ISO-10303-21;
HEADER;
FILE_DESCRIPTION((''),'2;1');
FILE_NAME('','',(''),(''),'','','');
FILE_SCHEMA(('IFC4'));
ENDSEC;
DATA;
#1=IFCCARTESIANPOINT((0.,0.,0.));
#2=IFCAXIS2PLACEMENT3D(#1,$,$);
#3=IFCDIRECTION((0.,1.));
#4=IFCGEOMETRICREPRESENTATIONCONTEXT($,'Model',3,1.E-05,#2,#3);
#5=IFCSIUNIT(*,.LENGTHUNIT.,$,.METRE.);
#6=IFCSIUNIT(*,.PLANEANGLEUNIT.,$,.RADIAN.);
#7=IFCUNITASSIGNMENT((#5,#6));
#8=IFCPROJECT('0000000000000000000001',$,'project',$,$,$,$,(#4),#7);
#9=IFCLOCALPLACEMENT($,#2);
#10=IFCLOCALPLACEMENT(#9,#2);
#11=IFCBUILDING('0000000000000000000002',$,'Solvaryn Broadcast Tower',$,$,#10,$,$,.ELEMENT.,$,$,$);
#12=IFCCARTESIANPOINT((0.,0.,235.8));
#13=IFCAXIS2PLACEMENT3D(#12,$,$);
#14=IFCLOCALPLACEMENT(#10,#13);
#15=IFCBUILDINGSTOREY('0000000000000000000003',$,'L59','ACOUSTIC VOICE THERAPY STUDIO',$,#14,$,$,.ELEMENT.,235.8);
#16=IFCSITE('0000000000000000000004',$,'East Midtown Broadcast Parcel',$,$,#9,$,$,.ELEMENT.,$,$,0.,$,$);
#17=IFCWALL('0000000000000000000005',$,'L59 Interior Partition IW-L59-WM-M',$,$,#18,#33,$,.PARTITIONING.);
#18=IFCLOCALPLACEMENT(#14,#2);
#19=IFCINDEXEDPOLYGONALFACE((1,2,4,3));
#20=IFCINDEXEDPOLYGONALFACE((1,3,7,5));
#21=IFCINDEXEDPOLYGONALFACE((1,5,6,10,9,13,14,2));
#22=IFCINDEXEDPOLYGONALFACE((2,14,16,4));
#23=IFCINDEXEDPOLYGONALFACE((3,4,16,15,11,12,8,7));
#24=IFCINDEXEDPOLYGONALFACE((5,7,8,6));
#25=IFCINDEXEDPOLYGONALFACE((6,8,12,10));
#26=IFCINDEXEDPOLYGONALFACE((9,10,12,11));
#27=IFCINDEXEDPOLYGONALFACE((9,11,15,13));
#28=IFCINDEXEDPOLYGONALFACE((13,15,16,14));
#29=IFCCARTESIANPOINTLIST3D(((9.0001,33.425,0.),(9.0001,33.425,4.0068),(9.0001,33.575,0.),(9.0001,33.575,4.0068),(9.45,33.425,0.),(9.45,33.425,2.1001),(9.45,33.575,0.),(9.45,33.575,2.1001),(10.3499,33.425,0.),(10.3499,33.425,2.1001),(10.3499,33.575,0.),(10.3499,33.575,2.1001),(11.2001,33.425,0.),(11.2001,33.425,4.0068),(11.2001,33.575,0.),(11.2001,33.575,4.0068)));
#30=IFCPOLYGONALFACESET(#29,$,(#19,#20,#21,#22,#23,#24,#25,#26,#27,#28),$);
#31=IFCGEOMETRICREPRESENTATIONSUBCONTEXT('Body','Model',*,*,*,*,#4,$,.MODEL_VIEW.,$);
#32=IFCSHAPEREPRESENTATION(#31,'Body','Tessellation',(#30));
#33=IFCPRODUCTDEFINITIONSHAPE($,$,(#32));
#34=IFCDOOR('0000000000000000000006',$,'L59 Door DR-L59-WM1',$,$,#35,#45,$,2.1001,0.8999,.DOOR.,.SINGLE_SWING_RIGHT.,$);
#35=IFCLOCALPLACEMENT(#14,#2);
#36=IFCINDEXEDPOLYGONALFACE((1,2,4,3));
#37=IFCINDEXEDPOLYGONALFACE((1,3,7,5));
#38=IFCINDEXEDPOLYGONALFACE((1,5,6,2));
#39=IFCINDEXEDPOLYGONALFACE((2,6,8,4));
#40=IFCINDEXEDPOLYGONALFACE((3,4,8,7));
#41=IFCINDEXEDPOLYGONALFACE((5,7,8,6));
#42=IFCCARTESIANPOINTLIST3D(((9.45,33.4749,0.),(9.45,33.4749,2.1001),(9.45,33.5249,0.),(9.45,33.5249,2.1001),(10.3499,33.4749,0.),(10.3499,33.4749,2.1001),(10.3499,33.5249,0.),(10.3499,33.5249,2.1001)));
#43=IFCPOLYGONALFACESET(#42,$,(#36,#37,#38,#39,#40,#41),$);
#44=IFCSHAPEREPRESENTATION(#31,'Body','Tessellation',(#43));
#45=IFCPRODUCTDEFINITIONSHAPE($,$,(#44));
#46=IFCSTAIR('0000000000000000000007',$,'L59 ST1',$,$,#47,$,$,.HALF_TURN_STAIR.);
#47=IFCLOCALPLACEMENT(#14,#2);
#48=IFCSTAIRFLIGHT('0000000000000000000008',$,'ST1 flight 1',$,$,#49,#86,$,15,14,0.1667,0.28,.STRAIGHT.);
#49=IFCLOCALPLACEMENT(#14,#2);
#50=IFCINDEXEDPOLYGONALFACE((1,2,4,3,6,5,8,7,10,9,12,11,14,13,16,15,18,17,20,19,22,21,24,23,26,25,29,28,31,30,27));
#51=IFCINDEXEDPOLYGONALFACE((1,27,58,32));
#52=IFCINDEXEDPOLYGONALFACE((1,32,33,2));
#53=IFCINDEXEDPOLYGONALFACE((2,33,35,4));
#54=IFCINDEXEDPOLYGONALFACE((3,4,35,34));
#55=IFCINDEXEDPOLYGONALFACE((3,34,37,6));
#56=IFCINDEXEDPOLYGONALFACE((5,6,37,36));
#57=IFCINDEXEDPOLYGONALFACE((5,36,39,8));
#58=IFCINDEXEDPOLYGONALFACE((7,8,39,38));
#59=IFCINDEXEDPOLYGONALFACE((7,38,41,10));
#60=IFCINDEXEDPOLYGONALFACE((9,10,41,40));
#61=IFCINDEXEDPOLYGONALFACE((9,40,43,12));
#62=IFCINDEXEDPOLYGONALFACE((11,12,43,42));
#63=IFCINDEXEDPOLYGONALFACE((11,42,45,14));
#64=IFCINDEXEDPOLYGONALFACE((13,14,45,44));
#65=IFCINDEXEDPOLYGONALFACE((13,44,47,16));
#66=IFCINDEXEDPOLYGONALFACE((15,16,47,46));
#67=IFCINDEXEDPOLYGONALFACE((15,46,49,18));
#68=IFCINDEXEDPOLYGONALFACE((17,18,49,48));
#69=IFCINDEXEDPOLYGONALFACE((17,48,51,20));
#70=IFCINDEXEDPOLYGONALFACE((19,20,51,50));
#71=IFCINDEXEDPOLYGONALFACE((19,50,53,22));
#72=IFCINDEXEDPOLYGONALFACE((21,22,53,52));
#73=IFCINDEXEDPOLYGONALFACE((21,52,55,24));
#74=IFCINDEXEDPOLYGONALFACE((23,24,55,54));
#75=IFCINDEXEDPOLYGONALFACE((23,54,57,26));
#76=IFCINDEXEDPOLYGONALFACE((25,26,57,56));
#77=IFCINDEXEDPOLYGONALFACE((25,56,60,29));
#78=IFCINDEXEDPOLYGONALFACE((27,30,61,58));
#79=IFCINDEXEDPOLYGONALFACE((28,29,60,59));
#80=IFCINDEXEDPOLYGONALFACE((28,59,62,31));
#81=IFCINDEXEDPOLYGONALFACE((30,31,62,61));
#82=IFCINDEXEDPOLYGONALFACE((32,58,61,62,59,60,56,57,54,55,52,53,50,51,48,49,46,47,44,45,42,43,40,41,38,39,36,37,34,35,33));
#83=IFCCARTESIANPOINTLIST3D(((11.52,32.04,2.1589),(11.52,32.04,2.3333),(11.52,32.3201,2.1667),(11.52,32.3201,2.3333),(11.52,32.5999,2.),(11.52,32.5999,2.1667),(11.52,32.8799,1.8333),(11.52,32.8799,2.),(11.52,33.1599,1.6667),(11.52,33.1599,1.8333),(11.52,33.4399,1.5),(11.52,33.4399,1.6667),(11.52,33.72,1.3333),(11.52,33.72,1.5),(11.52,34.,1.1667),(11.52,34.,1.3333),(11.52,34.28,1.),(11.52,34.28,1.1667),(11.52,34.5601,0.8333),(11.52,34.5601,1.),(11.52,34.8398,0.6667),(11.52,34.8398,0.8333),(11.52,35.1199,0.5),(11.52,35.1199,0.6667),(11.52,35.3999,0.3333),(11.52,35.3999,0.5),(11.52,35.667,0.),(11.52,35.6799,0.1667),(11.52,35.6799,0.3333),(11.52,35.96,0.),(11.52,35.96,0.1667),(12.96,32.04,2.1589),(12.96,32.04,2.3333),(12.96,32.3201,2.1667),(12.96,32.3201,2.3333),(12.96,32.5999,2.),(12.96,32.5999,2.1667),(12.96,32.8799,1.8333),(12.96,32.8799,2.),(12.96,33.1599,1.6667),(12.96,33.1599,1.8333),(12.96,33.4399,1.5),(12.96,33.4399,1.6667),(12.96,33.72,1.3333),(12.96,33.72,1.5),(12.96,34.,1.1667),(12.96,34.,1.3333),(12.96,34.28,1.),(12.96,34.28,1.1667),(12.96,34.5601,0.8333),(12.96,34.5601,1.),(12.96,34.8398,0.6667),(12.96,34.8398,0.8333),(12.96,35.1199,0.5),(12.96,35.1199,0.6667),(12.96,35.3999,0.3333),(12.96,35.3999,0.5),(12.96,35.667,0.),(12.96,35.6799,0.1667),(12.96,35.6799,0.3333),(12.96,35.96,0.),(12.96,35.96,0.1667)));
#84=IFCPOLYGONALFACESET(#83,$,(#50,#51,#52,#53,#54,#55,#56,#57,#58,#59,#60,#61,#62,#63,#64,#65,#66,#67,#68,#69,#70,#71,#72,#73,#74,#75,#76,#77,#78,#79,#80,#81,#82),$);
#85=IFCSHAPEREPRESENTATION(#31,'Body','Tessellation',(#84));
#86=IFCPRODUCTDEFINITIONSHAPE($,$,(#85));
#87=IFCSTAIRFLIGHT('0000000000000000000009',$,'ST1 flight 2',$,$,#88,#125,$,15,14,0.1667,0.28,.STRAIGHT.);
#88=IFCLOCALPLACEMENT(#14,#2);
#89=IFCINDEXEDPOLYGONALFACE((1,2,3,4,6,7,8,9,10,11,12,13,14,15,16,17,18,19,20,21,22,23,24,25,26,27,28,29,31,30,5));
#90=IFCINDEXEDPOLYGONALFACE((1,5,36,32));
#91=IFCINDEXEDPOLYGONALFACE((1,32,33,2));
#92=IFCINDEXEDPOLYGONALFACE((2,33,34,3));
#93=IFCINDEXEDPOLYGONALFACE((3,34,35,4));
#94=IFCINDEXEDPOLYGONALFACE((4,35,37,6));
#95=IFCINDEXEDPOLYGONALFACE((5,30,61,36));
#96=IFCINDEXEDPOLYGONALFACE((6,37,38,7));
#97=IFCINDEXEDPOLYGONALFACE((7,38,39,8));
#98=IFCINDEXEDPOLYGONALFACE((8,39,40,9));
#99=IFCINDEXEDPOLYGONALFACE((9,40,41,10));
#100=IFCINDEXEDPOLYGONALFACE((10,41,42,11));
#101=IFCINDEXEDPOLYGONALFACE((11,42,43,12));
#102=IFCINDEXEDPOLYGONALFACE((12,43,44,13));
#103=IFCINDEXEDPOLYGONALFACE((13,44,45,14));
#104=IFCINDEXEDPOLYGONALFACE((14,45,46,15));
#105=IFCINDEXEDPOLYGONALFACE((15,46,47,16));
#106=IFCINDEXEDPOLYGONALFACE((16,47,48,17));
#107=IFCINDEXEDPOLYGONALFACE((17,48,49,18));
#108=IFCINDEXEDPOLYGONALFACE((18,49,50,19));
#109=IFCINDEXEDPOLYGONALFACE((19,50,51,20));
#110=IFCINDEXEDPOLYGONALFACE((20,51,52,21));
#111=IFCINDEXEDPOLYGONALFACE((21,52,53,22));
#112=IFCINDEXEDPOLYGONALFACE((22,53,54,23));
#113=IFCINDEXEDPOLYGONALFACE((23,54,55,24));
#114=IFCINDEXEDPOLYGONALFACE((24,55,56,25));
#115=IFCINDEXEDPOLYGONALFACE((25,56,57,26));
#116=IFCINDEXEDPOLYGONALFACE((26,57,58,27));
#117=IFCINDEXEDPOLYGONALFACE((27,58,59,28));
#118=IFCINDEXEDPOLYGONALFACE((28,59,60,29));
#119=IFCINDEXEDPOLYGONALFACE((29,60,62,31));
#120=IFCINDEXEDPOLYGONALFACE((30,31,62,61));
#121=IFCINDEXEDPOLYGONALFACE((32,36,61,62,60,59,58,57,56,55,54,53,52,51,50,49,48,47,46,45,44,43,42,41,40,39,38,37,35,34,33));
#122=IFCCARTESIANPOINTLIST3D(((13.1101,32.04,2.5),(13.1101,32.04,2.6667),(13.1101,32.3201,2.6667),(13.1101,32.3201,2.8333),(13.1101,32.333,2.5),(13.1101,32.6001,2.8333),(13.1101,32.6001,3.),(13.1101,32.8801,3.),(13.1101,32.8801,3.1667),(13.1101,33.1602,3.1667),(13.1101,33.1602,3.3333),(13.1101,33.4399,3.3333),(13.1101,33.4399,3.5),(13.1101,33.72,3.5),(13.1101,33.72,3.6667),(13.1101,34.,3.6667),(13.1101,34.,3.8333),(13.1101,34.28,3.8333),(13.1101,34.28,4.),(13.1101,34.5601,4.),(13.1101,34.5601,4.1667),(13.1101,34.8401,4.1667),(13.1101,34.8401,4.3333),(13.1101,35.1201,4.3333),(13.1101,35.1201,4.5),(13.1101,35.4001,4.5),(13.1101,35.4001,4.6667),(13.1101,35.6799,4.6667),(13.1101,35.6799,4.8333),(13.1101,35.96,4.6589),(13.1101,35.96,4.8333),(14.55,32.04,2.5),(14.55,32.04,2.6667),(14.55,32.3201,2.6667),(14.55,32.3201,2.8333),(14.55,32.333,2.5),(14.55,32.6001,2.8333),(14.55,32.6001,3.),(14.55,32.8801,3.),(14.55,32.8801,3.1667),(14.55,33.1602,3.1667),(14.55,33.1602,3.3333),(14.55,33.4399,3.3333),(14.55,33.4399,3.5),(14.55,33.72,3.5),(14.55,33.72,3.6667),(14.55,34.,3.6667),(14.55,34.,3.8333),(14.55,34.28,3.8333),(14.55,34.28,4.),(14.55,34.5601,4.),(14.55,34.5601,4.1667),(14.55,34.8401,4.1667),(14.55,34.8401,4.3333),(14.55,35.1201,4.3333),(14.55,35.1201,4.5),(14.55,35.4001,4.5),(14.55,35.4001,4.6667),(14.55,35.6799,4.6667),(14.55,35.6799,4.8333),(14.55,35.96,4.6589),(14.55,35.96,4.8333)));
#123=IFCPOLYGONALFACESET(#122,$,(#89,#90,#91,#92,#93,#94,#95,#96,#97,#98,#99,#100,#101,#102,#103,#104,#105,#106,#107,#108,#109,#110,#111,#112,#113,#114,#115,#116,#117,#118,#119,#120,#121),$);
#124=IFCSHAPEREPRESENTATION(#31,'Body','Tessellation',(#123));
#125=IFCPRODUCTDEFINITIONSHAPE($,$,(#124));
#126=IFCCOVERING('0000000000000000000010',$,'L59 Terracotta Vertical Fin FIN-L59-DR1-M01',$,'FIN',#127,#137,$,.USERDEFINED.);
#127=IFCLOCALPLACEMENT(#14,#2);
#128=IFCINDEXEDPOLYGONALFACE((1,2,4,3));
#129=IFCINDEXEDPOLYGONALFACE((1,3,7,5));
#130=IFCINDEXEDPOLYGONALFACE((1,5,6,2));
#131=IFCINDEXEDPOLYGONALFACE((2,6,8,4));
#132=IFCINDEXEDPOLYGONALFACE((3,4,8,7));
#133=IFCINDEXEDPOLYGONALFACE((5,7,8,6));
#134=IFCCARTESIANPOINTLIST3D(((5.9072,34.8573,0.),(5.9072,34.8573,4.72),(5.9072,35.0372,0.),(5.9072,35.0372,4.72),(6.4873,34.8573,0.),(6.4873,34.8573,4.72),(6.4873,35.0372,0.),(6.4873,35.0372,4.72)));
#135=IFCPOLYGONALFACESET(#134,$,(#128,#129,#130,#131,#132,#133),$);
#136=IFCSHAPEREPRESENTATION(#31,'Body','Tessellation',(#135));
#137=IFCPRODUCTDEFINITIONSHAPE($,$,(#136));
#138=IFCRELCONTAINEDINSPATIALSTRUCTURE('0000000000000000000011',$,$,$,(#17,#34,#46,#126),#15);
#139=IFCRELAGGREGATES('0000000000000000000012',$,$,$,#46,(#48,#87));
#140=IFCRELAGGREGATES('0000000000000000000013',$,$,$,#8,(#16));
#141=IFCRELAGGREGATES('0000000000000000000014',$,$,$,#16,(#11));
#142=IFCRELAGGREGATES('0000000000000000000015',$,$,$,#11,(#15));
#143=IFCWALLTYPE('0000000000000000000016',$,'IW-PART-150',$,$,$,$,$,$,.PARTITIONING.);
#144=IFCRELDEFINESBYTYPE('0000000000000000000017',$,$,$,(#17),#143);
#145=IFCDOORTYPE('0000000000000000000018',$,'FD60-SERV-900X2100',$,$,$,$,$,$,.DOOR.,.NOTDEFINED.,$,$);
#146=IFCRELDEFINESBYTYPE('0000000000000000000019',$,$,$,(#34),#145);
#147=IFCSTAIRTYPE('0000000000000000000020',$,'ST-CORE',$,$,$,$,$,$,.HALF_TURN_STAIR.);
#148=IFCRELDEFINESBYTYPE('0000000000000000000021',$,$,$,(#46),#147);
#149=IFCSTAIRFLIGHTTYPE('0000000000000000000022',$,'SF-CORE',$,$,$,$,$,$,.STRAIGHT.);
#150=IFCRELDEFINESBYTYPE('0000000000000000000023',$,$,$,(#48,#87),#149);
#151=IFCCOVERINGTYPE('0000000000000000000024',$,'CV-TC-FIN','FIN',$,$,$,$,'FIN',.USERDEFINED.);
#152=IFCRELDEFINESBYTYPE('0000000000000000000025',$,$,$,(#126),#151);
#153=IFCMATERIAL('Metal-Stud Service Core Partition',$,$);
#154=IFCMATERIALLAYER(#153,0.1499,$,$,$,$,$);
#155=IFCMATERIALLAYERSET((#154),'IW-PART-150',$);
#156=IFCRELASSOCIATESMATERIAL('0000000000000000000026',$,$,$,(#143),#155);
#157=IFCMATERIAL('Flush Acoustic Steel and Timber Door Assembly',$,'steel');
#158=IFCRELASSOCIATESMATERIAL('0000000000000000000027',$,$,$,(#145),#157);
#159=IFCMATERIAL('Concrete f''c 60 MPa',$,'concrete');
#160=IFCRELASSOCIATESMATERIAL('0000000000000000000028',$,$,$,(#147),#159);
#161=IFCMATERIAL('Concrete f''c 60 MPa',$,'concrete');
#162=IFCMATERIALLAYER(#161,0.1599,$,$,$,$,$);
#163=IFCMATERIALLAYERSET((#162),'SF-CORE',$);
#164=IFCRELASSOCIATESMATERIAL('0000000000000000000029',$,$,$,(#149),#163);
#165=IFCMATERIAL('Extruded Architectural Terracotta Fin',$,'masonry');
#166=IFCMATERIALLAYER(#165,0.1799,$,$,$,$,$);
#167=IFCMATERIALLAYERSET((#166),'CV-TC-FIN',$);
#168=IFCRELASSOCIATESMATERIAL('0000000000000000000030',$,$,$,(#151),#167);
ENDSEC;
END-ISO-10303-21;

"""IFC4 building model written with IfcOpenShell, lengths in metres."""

from ifc_helpers import new_model, si_unit, direction, frame, frame_2d, origin, origin_2d, place, context, subcontext, project, spatial, polyline, rectangle, outline, extrude, material, layer, layer_set, type_object, element, fill, aggregate, save


model = new_model("IFC4")

# Units and contexts
model_context = context("Model", 3, precision=1e-05, world=origin(), true_north=direction((0.0, 1.0)))
body_context = subcontext(model_context, "Body", "Model", "MODEL_VIEW")
ifc_project = project(units=[si_unit("LENGTHUNIT", "METRE"), si_unit("PLANEANGLEUNIT", "RADIAN")], contexts=[model_context])

# Site, building, storey
site_placement = place(None, origin())
site = spatial("IfcSite", under=ifc_project, at=site_placement, Name="East Midtown Broadcast Parcel", CompositionType="ELEMENT", RefElevation=0.0)
building_placement = place(site_placement, origin())
building = spatial("IfcBuilding", under=site, at=building_placement, Name="Solvaryn Broadcast Tower", CompositionType="ELEMENT")
storey_placement = place(building_placement, frame((0.0, 0.0, 235.8)))
storey = spatial("IfcBuildingStorey", under=building, at=storey_placement, Name="L59", Description="ACOUSTIC VOICE THERAPY STUDIO", CompositionType="ELEMENT", Elevation=235.8)

# Wall, opening, door
ifc_material_1 = material(Name="Metal-Stud Service Core Partition")
ifc_layer_1 = layer(ifc_material_1, 0.1499)
ifc_layer_set_1 = layer_set([ifc_layer_1], Name="IW-PART-150")
wall_type = type_object("IfcWallType", Name="IW-PART-150", PredefinedType="PARTITIONING", material=ifc_layer_set_1)
wall_placement = place(storey_placement, frame((9.0, 33.5, 0.0), z_axis=(0.0, 0.0, 1.0), x_axis=(1.0, 0.0, 0.0)))
wall = element("IfcWall", 1, at=wall_placement, inside=storey, type_object=wall_type, Name="L59 Interior Partition IW-L59-WM-M", PredefinedType="PARTITIONING", context=body_context, shape_type="SweptSolid", body=[
    extrude(rectangle(XDim=2.2, YDim=0.1499, at=frame_2d((1.1001, 0.0))), origin(), (0.0, 0.0, 1.0), 4.0068),
])
opening_placement = place(wall_placement, frame((0.45, 0.0, 0.0)))
opening = element("IfcOpeningElement", 2, at=opening_placement, cuts=wall, PredefinedType="OPENING", context=body_context, shape_type="SweptSolid", body=[
    extrude(rectangle(XDim=0.8999, YDim=2.1001, at=frame_2d((0.45, 1.05))), frame((0.0, 0.085, 0.0), z_axis=(0.0, -1.0, 0.0), x_axis=(1.0, 0.0, 0.0)), (0.0, 0.0, 1.0), 0.1699),
])
ifc_material_2 = material(Name="Flush Acoustic Steel and Timber Door Assembly", Category="steel")
door_type = type_object("IfcDoorType", Name="FD60-SERV-900X2100", OperationType="NOTDEFINED", PredefinedType="DOOR", material=ifc_material_2)
door_placement = place(opening_placement, origin())
door = element("IfcDoor", 3, at=door_placement, inside=storey, type_object=door_type, Name="L59 Door DR-L59-WM1", OperationType="SINGLE_SWING_RIGHT", OverallHeight=2.1001, OverallWidth=0.8999, PredefinedType="DOOR", context=body_context, shape_type="SweptSolid", body=[
    extrude(rectangle(XDim=0.8999, YDim=2.1001, at=frame_2d((0.45, 1.05))), frame((0.0, 0.0249, 0.0), z_axis=(0.0, -1.0, 0.0), x_axis=(1.0, 0.0, 0.0)), (0.0, 0.0, 1.0), 0.05),
])
fill(opening, door)

# Stair, stair flights
ifc_material_3 = material(Name="Concrete f'c 60 MPa", Category="concrete")
stair_type = type_object("IfcStairType", Name="ST-CORE", PredefinedType="HALF_TURN_STAIR", material=ifc_material_3)
stair_placement = place(storey_placement, origin())
stair = element("IfcStair", 4, at=stair_placement, inside=storey, type_object=stair_type, Name="L59 ST1", PredefinedType="HALF_TURN_STAIR")
ifc_material_4 = material(Name="Concrete f'c 60 MPa", Category="concrete")
ifc_layer_2 = layer(ifc_material_4, 0.1599)
ifc_layer_set_2 = layer_set([ifc_layer_2], Name="SF-CORE")
stair_flight_type = type_object("IfcStairFlightType", Name="SF-CORE", PredefinedType="STRAIGHT", material=ifc_layer_set_2)
stair_flight_1_placement = place(storey_placement, frame((12.24, 35.96, 0.0), z_axis=(0.0, 0.0, 1.0), x_axis=(0.0, -1.0, 0.0)))
stair_flight_1 = element("IfcStairFlight", 5, at=stair_flight_1_placement, type_object=stair_flight_type, Name="ST1 flight 1", NumberOfRisers=15, NumberOfTreads=14, PredefinedType="STRAIGHT", RiserHeight=0.1667, TreadLength=0.28, context=body_context, shape_type="SweptSolid", body=[
    extrude(outline(polyline([(0.0, 0.0), (0.0, 0.1667), (0.28, 0.1667), (0.28, 0.3333), (0.5601, 0.3333), (0.5601, 0.5), (0.8401, 0.5), (0.8401, 0.6667), (1.1201, 0.6667), (1.1201, 0.8333), (1.3999, 0.8333), (1.3999, 1.0), (1.6799, 1.0), (1.6799, 1.1667), (1.96, 1.1667), (1.96, 1.3333), (2.24, 1.3333), (2.24, 1.5), (2.52, 1.5), (2.52, 1.6667), (2.8, 1.6667), (2.8, 1.8333), (3.0801, 1.8333), (3.0801, 2.0), (3.3601, 2.0), (3.3601, 2.1667), (3.6399, 2.1667), (3.6399, 2.3333), (3.9199, 2.3333), (3.9199, 2.5), (3.9199, 2.1589), (0.293, 0.0), (0.0, 0.0)])), frame((0.0, 0.72, 0.0), z_axis=(0.0, -1.0, 0.0), x_axis=(1.0, 0.0, 0.0)), (0.0, 0.0, 1.0), 1.4399),
])
stair_flight_2_placement = place(storey_placement, frame((13.8301, 32.04, 2.5), z_axis=(0.0, 0.0, 1.0), x_axis=(0.0, 1.0, 0.0)))
stair_flight_2 = element("IfcStairFlight", 6, at=stair_flight_2_placement, type_object=stair_flight_type, Name="ST1 flight 2", NumberOfRisers=15, NumberOfTreads=14, PredefinedType="STRAIGHT", RiserHeight=0.1667, TreadLength=0.28, context=body_context, shape_type="SweptSolid", body=[
    extrude(outline(polyline([(0.0, 0.0), (0.0, 0.1667), (0.28, 0.1667), (0.28, 0.3333), (0.5601, 0.3333), (0.5601, 0.5), (0.8401, 0.5), (0.8401, 0.6667), (1.1201, 0.6667), (1.1201, 0.8333), (1.3999, 0.8333), (1.3999, 1.0), (1.6799, 1.0), (1.6799, 1.1667), (1.96, 1.1667), (1.96, 1.3333), (2.24, 1.3333), (2.24, 1.5), (2.52, 1.5), (2.52, 1.6667), (2.8, 1.6667), (2.8, 1.8333), (3.0801, 1.8333), (3.0801, 2.0), (3.3601, 2.0), (3.3601, 2.1667), (3.6399, 2.1667), (3.6399, 2.3333), (3.9199, 2.3333), (3.9199, 2.5), (3.9199, 2.1589), (0.293, 0.0), (0.0, 0.0)])), frame((0.0, 0.72, 0.0), z_axis=(0.0, -1.0, 0.0), x_axis=(1.0, 0.0, 0.0)), (0.0, 0.0, 1.0), 1.4399),
])
aggregate(stair, [stair_flight_1, stair_flight_2])

# Covering
ifc_material_5 = material(Name="Extruded Architectural Terracotta Fin", Category="masonry")
ifc_layer_3 = layer(ifc_material_5, 0.1799)
ifc_layer_set_3 = layer_set([ifc_layer_3], Name="CV-TC-FIN")
covering_type = type_object("IfcCoveringType", Name="CV-TC-FIN", Description="FIN", ElementType="FIN", PredefinedType="USERDEFINED", material=ifc_layer_set_3)
covering_placement = place(storey_placement, frame((6.1973, 34.9473, 0.0), z_axis=(0.0, 0.0, 1.0), x_axis=(1.0, 0.0, 0.0)))
element("IfcCovering", 7, at=covering_placement, inside=storey, type_object=covering_type, Name="L59 Terracotta Vertical Fin FIN-L59-DR1-M01", ObjectType="FIN", PredefinedType="USERDEFINED", context=body_context, shape_type="SweptSolid", body=[
    extrude(rectangle(XDim=0.5801, YDim=0.1799, at=origin_2d()), origin(), (0.0, 0.0, 1.0), 4.72),
])

save(model, "model.ifc")
